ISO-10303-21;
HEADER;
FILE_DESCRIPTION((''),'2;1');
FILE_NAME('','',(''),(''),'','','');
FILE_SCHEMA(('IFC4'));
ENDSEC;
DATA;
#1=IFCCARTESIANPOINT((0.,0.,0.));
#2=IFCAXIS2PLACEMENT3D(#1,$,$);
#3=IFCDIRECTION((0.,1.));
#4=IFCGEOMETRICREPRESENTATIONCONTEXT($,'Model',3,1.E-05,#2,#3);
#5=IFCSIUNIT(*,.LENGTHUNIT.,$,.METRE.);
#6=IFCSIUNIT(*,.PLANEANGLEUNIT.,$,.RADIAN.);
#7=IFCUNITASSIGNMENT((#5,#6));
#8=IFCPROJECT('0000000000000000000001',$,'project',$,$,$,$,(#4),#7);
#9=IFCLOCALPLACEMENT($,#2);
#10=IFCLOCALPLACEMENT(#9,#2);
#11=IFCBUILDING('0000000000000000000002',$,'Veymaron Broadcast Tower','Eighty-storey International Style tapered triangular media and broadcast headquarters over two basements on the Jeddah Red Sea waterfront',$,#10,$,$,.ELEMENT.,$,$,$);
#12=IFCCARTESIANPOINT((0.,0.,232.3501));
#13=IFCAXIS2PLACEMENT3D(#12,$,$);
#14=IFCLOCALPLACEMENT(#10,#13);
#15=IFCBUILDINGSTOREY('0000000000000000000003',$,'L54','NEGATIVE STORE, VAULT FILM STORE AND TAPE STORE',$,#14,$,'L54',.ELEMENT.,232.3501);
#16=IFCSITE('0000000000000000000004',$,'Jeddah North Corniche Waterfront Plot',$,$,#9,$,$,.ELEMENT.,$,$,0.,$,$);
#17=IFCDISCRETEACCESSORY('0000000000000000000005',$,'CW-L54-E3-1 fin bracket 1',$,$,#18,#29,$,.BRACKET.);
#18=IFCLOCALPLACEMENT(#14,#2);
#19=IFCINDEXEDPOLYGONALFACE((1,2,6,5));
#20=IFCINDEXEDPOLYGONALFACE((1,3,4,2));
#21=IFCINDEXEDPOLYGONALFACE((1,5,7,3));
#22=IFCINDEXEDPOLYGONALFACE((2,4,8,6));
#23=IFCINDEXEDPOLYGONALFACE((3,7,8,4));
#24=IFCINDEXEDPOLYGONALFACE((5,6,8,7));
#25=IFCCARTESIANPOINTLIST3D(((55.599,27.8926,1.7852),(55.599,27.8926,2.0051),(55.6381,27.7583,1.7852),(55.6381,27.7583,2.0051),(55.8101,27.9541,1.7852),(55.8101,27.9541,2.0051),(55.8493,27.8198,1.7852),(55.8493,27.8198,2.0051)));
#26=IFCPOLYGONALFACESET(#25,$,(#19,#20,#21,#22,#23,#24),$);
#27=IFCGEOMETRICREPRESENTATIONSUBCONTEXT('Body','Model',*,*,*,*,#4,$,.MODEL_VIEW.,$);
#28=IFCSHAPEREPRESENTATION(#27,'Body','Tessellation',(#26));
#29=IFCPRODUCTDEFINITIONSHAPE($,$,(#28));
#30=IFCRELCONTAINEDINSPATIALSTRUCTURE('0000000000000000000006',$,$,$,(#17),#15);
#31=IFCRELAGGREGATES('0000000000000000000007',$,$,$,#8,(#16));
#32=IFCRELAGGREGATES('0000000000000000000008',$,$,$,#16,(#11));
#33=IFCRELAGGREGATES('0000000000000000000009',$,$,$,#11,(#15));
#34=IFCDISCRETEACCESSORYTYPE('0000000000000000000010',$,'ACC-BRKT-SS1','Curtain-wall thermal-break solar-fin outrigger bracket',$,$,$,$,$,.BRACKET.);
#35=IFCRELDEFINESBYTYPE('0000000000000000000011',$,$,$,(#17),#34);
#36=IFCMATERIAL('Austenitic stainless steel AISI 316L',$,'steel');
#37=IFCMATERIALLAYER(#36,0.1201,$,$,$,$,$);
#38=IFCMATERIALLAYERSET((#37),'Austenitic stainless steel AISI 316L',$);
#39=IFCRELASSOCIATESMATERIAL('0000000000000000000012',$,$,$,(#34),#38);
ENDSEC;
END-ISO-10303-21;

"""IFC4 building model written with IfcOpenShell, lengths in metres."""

from ifc_helpers import new_model, si_unit, direction, frame, origin, origin_2d, place, context, subcontext, project, spatial, rectangle, extrude, material, layer, layer_set, type_object, element, save


model = new_model("IFC4")

# Units and contexts
model_context = context("Model", 3, precision=1e-05, world=origin(), true_north=direction((0.0, 1.0)))
body_context = subcontext(model_context, "Body", "Model", "MODEL_VIEW")
ifc_project = project(units=[si_unit("LENGTHUNIT", "METRE"), si_unit("PLANEANGLEUNIT", "RADIAN")], contexts=[model_context])

# Site, building, storey
site_placement = place(None, origin())
site = spatial("IfcSite", under=ifc_project, at=site_placement, Name="Jeddah North Corniche Waterfront Plot", CompositionType="ELEMENT", RefElevation=0.0)
building_placement = place(site_placement, origin())
building = spatial("IfcBuilding", under=site, at=building_placement, Name="Veymaron Broadcast Tower", Description="Eighty-storey International Style tapered triangular media and broadcast headquarters over two basements on the Jeddah Red Sea waterfront", CompositionType="ELEMENT")
storey_placement = place(building_placement, frame((0.0, 0.0, 232.3501)))
storey = spatial("IfcBuildingStorey", under=building, at=storey_placement, Name="L54", Description="NEGATIVE STORE, VAULT FILM STORE AND TAPE STORE", LongName="L54", CompositionType="ELEMENT", Elevation=232.3501)

# Discrete accessory
ifc_material_1 = material(Name="Austenitic stainless steel AISI 316L", Category="steel")
ifc_layer_1 = layer(ifc_material_1, 0.1201)
ifc_layer_set_1 = layer_set([ifc_layer_1], Name="Austenitic stainless steel AISI 316L")
discrete_accessory_type = type_object("IfcDiscreteAccessoryType", Name="ACC-BRKT-SS1", Description="Curtain-wall thermal-break solar-fin outrigger bracket", PredefinedType="BRACKET", material=ifc_layer_set_1)
discrete_accessory_placement = place(storey_placement, frame((55.7241, 27.8562, 1.7852), z_axis=(0.0, 0.0, 1.0), x_axis=(0.960074, 0.279745, 0.0)))
element("IfcDiscreteAccessory", 1, at=discrete_accessory_placement, inside=storey, type_object=discrete_accessory_type, Name="CW-L54-E3-1 fin bracket 1", PredefinedType="BRACKET", context=body_context, shape_type="SweptSolid", body=[
    extrude(rectangle(XDim=0.22, YDim=0.1399, at=origin_2d()), origin(), (0.0, 0.0, 1.0), 0.22),
])

save(model, "model.ifc")
